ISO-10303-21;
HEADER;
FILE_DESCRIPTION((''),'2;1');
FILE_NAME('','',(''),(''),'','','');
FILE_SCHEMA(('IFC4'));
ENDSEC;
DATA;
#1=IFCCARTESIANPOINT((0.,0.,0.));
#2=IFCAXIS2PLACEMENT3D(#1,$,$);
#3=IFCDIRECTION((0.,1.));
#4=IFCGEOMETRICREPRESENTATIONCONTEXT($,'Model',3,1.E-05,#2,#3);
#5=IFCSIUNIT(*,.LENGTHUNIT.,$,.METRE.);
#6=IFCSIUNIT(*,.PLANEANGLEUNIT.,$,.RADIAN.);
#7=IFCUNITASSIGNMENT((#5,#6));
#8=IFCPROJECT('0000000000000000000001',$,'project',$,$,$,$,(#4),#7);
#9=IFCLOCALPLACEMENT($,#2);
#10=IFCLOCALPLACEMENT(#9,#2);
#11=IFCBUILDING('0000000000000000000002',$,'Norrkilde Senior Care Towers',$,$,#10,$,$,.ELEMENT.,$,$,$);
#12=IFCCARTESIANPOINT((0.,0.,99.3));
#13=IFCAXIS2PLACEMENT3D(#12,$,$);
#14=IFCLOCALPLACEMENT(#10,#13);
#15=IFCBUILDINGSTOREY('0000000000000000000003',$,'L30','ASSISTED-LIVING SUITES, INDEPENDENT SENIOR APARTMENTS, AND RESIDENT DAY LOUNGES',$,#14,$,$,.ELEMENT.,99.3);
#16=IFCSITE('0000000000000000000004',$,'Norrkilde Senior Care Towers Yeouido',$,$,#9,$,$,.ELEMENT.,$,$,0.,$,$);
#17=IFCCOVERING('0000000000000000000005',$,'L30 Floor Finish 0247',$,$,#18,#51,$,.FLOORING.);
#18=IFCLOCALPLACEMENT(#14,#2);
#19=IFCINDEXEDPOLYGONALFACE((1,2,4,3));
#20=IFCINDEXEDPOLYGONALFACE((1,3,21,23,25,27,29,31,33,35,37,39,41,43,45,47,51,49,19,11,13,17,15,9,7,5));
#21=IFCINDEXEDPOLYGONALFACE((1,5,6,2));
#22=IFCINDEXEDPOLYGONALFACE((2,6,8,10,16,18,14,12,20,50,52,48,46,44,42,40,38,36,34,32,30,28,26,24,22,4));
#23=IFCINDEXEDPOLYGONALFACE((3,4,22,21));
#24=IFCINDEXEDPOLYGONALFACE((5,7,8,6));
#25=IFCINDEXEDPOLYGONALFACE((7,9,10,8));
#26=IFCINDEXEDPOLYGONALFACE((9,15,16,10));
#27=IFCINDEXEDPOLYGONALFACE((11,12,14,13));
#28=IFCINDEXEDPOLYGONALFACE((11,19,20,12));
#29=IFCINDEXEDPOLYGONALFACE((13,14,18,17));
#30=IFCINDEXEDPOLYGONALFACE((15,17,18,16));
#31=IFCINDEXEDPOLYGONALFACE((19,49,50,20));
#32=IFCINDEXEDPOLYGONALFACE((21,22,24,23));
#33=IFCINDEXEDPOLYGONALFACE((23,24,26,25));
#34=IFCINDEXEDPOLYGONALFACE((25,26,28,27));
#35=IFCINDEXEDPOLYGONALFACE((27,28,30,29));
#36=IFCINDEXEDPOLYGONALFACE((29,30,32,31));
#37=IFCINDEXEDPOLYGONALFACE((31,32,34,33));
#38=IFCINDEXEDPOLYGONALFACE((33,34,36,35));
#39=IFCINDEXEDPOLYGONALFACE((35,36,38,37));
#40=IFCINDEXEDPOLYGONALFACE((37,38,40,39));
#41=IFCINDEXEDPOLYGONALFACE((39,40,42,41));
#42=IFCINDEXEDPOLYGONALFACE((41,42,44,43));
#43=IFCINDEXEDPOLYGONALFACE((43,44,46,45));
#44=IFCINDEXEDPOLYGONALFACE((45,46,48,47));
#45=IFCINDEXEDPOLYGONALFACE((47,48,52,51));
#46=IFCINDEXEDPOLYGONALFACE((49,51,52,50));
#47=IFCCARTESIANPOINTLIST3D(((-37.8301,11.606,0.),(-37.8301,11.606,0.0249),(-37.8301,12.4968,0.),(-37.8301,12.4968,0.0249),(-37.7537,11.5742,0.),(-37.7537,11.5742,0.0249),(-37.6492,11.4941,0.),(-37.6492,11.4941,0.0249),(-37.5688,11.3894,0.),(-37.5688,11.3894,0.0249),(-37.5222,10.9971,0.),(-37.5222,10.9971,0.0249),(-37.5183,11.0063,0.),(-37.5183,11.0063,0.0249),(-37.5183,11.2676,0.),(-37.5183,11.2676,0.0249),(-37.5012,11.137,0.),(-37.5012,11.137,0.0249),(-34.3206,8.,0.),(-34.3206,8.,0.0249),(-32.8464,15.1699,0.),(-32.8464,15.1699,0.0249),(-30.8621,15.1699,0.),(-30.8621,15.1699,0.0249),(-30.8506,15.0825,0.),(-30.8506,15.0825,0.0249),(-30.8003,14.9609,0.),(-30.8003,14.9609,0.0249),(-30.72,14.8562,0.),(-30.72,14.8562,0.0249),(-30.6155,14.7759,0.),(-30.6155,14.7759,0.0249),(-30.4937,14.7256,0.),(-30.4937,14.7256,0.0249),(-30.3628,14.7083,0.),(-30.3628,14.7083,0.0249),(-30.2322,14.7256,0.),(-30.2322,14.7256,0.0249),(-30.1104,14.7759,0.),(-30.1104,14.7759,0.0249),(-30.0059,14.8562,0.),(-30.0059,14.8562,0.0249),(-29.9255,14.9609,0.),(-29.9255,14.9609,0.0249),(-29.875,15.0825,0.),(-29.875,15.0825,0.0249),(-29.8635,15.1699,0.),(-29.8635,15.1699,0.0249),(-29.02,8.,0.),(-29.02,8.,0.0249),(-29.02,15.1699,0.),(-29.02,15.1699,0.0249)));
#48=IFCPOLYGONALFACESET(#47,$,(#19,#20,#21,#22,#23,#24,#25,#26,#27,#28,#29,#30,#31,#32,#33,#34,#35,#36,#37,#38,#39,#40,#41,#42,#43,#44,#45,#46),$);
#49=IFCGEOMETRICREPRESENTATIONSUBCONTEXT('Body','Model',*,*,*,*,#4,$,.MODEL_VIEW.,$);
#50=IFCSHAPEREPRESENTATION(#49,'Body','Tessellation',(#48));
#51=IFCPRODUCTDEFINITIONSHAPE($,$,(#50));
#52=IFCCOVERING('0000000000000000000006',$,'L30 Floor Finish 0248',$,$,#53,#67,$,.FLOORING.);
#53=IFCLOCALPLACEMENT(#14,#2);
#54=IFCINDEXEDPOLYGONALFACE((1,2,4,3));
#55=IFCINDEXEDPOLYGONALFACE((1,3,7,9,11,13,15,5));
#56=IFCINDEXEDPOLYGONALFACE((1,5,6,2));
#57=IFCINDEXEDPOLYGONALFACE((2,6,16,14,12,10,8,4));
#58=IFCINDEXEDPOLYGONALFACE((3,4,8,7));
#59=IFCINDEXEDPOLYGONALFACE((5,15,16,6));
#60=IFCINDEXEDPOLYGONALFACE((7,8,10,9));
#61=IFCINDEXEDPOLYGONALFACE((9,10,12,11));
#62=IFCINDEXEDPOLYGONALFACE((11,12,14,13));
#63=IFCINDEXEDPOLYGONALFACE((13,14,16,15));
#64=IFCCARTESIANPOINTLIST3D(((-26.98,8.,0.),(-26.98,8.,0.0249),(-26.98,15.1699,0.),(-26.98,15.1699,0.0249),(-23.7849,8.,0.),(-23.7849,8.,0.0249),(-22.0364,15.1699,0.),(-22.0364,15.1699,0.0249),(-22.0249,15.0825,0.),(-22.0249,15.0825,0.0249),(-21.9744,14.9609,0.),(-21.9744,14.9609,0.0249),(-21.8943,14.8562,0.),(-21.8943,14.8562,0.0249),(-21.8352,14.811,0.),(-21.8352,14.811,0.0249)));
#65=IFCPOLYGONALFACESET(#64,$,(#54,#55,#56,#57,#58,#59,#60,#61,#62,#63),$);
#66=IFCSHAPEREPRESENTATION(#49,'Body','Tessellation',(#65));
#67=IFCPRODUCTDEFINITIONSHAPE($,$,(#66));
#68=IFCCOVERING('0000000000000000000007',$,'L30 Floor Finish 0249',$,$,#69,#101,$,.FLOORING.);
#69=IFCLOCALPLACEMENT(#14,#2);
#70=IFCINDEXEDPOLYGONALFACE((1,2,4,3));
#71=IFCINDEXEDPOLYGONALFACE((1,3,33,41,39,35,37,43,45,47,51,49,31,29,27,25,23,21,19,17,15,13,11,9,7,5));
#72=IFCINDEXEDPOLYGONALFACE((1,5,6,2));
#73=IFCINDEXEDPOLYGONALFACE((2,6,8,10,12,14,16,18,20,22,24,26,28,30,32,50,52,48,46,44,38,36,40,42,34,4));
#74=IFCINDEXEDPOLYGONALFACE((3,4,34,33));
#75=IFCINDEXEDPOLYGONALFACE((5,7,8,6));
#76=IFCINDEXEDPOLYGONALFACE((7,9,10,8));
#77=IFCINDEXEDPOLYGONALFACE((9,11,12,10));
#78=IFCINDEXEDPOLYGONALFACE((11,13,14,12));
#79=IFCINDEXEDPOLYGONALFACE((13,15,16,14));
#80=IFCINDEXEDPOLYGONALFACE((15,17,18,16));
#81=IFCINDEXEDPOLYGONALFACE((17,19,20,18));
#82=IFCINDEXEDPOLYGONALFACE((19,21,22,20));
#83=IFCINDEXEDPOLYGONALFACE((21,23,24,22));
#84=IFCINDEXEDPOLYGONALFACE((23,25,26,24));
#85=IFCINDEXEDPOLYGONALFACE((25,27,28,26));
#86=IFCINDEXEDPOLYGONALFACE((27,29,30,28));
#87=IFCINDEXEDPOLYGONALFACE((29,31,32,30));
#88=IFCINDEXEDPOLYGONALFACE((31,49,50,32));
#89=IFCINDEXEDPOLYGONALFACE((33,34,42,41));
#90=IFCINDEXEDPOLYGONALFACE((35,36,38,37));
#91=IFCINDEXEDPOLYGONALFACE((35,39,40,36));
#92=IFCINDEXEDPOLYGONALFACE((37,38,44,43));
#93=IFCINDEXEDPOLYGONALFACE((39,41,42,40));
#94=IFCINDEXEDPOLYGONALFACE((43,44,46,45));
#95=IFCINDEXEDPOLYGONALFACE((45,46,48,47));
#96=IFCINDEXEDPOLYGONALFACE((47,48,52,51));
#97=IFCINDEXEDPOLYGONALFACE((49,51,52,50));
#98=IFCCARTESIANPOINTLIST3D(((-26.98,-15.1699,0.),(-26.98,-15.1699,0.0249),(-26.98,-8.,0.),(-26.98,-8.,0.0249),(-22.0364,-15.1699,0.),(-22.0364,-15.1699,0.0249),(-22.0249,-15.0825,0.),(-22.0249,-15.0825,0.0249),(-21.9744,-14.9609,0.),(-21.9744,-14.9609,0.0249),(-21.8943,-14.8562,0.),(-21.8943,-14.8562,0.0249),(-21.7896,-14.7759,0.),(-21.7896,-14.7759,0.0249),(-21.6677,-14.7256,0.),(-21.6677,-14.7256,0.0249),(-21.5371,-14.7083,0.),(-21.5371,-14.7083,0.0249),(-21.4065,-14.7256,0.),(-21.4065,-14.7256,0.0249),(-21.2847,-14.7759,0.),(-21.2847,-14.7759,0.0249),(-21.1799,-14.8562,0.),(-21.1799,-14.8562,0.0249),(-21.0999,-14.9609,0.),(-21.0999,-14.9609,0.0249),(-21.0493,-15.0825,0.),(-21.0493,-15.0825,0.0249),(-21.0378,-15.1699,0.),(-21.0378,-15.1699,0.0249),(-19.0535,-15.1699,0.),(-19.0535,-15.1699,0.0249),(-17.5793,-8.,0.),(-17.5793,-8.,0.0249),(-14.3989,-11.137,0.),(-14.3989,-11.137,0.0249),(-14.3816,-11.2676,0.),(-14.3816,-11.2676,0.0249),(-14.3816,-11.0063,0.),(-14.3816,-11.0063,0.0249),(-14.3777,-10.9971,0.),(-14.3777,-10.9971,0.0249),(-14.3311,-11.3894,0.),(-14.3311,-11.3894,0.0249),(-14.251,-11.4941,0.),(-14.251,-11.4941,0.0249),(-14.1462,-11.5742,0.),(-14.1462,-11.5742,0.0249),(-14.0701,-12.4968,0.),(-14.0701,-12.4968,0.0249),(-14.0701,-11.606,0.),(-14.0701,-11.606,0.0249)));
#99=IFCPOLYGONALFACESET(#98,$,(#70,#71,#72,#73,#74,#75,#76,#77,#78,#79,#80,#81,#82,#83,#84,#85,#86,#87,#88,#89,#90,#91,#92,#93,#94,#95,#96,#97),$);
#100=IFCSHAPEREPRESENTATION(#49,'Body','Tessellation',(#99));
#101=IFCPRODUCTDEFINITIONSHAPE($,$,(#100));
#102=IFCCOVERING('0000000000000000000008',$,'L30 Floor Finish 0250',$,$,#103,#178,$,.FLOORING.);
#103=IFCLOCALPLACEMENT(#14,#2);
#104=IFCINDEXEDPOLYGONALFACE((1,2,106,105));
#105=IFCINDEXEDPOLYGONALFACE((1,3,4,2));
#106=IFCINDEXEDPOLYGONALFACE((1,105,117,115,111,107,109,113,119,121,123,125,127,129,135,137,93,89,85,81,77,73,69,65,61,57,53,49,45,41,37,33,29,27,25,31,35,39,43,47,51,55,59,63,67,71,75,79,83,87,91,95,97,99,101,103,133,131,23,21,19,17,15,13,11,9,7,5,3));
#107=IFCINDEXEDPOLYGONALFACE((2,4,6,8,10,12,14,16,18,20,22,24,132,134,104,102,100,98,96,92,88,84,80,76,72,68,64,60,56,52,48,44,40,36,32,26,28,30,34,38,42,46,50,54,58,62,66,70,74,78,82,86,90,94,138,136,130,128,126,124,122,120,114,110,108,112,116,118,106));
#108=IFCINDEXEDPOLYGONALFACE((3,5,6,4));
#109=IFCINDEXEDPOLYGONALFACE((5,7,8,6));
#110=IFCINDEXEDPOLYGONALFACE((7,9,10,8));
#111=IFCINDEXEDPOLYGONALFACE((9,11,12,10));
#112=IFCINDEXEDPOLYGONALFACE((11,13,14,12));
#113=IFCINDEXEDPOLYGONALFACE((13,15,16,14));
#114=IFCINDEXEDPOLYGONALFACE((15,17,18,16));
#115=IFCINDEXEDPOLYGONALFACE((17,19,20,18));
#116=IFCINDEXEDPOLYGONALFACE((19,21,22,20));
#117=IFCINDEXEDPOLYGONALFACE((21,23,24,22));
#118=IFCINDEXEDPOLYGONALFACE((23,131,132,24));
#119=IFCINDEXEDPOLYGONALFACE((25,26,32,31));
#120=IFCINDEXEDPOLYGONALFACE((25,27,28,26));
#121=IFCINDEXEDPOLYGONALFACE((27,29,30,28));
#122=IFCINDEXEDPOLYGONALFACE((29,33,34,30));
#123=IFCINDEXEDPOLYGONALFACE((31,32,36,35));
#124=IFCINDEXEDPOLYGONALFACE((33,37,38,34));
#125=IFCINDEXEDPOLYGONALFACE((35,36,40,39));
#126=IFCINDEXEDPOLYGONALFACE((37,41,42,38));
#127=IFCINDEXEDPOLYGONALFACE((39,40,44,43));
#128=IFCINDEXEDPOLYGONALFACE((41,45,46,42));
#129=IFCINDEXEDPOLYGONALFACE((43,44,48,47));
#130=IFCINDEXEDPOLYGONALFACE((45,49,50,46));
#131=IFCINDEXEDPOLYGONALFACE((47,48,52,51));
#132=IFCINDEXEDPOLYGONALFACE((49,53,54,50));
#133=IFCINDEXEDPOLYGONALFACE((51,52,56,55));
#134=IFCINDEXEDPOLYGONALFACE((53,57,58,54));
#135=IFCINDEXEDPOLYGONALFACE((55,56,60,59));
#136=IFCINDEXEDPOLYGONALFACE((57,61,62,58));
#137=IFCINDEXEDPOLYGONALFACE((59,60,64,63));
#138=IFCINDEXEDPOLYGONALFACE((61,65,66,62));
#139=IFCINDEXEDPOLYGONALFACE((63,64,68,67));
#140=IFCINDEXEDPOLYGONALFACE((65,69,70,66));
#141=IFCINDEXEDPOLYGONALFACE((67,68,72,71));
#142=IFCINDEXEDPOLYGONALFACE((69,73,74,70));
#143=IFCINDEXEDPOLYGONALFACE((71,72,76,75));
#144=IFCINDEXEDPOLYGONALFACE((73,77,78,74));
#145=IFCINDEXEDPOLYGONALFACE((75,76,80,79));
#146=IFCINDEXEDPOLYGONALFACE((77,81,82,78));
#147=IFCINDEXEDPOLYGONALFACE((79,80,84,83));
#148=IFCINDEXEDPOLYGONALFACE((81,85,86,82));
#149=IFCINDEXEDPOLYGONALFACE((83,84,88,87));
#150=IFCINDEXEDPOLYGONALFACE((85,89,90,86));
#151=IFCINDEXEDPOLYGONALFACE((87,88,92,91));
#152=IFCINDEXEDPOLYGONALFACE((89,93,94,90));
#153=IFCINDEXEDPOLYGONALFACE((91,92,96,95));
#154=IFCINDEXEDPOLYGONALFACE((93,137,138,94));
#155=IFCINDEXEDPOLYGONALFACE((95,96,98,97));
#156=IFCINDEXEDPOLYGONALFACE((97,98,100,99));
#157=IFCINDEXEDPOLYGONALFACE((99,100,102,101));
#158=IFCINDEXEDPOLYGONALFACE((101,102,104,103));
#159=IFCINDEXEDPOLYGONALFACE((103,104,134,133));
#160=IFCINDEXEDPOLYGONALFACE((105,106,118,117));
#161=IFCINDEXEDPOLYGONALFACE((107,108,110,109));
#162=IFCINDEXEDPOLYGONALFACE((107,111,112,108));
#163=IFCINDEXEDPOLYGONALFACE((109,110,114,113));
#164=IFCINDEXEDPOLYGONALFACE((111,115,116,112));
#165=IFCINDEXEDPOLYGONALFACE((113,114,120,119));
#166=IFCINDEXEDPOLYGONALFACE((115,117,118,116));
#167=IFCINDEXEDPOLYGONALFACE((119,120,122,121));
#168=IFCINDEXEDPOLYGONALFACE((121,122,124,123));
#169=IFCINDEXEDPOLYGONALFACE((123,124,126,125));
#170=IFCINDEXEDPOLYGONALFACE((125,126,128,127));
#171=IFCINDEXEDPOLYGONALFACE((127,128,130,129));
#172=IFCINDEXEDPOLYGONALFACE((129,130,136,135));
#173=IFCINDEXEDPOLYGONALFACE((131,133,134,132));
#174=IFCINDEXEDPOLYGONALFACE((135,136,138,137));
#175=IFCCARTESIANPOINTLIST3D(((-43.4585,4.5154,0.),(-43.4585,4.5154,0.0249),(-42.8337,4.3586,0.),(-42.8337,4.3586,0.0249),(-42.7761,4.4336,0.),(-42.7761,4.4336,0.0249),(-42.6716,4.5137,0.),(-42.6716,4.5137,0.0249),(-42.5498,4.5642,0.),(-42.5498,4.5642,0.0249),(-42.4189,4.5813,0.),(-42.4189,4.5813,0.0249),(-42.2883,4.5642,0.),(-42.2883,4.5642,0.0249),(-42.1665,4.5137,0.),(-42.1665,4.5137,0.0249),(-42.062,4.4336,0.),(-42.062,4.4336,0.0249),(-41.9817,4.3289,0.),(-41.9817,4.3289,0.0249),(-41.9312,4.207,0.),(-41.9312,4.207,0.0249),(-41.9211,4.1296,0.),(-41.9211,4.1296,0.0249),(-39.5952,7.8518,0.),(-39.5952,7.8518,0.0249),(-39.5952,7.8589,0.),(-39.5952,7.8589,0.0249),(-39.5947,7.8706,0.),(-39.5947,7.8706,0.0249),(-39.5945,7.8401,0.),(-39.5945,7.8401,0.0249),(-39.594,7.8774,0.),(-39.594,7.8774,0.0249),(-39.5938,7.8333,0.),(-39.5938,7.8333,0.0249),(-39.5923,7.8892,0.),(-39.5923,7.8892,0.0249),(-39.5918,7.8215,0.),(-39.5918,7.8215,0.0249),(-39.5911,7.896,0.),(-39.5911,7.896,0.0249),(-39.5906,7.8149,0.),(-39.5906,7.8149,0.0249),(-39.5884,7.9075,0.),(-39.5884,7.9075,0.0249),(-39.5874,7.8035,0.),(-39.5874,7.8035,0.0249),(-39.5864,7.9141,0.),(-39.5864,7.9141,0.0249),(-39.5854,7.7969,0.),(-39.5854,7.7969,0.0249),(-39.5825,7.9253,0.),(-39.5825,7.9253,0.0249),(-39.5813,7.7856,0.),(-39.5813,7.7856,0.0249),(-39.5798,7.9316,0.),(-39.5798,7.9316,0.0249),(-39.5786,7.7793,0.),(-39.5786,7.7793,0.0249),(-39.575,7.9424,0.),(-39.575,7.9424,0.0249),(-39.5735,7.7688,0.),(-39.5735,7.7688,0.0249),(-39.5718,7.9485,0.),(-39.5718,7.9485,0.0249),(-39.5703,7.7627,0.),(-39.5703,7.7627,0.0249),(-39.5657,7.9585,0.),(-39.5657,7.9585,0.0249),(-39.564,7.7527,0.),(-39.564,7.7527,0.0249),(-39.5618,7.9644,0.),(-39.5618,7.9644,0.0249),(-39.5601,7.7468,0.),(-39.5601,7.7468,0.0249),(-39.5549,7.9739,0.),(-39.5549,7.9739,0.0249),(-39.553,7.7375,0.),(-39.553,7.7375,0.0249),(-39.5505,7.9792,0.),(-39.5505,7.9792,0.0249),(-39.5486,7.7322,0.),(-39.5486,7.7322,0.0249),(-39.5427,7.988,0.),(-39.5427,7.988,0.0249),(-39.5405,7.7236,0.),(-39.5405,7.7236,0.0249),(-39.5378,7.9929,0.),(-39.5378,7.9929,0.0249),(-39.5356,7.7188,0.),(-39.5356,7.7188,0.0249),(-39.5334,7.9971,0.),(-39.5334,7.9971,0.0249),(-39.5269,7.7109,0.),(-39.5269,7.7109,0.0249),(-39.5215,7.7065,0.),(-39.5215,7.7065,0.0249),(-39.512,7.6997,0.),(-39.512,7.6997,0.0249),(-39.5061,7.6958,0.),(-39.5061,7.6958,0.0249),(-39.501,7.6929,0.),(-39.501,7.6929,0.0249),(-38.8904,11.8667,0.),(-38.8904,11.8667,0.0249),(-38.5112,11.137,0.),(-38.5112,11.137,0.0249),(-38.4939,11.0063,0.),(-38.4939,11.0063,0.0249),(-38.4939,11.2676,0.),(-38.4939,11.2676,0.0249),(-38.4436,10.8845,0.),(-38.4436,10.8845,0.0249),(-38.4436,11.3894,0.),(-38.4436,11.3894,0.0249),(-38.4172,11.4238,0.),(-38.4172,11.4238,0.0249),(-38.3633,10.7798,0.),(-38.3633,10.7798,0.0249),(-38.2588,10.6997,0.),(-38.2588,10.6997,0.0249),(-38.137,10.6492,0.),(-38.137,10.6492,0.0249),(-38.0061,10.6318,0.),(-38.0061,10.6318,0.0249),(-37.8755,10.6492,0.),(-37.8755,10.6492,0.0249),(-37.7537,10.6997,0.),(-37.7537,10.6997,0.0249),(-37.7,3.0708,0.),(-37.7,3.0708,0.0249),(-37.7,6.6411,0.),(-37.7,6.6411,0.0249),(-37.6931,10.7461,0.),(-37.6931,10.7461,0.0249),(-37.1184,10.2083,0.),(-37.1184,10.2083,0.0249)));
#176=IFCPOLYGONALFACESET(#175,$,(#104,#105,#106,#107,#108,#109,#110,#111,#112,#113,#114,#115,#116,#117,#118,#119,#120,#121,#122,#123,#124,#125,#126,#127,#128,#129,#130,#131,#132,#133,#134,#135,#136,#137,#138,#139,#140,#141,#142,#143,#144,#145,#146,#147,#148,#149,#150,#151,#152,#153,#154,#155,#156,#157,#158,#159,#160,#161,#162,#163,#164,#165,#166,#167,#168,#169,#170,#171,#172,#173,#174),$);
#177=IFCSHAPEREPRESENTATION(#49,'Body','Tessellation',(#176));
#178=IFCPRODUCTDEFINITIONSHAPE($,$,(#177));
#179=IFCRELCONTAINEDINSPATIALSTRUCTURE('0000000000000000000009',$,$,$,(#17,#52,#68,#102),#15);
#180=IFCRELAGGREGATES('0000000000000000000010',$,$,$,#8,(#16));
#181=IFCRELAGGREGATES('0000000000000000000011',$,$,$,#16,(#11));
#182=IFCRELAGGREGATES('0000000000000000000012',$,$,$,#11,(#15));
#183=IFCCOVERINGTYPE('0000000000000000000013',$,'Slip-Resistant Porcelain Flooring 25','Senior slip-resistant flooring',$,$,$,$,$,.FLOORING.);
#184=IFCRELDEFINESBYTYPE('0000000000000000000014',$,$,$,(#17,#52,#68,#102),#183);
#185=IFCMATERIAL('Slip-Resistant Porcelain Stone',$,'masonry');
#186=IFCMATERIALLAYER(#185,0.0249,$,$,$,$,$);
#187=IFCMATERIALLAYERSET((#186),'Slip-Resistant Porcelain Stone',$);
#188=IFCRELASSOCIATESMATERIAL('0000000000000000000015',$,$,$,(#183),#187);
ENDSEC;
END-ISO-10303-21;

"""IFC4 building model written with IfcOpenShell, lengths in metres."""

from ifc_helpers import new_model, si_unit, direction, frame, origin, place, context, subcontext, project, spatial, polyline, outline, extrude, material, layer, layer_set, type_object, element, save


model = new_model("IFC4")

# Units and contexts
model_context = context("Model", 3, precision=1e-05, world=origin(), true_north=direction((0.0, 1.0)))
body_context = subcontext(model_context, "Body", "Model", "MODEL_VIEW")
ifc_project = project(units=[si_unit("LENGTHUNIT", "METRE"), si_unit("PLANEANGLEUNIT", "RADIAN")], contexts=[model_context])

# Site, building, storey
site_placement = place(None, origin())
site = spatial("IfcSite", under=ifc_project, at=site_placement, Name="Norrkilde Senior Care Towers Yeouido", CompositionType="ELEMENT", RefElevation=0.0)
building_placement = place(site_placement, origin())
building = spatial("IfcBuilding", under=site, at=building_placement, Name="Norrkilde Senior Care Towers", CompositionType="ELEMENT")
storey_placement = place(building_placement, frame((0.0, 0.0, 99.3)))
storey = spatial("IfcBuildingStorey", under=building, at=storey_placement, Name="L30", Description="ASSISTED-LIVING SUITES, INDEPENDENT SENIOR APARTMENTS, AND RESIDENT DAY LOUNGES", CompositionType="ELEMENT", Elevation=99.3)

# Coverings
ifc_material_1 = material(Name="Slip-Resistant Porcelain Stone", Category="masonry")
ifc_layer_1 = layer(ifc_material_1, 0.0249)
ifc_layer_set_1 = layer_set([ifc_layer_1], Name="Slip-Resistant Porcelain Stone")
covering_type_1 = type_object("IfcCoveringType", Name="Slip-Resistant Porcelain Flooring 25", Description="Senior slip-resistant flooring", PredefinedType="FLOORING", material=ifc_layer_set_1)
covering_1_placement = place(storey_placement, origin())
element("IfcCovering", 1, at=covering_1_placement, inside=storey, type_object=covering_type_1, Name="L30 Floor Finish 0247", PredefinedType="FLOORING", context=body_context, shape_type="SweptSolid", body=[
    extrude(outline(polyline([(-30.8506, 15.0825), (-30.8003, 14.9609), (-30.72, 14.8562), (-30.6155, 14.7759), (-30.4937, 14.7256), (-30.3628, 14.7083), (-30.2322, 14.7256), (-30.1104, 14.7759), (-30.0059, 14.8562), (-29.9255, 14.9609), (-29.875, 15.0825), (-29.8635, 15.1699), (-29.02, 15.1699), (-29.02, 8.0), (-34.3206, 8.0), (-37.5222, 10.9971), (-37.5183, 11.0063), (-37.5012, 11.137), (-37.5183, 11.2676), (-37.5688, 11.3894), (-37.6492, 11.4941), (-37.7537, 11.5742), (-37.8301, 11.606), (-37.8301, 12.4968), (-32.8464, 15.1699), (-30.8621, 15.1699), (-30.8506, 15.0825)])), origin(), (0.0, 0.0, 1.0), 0.0249),
])
covering_2_placement = place(storey_placement, origin())
element("IfcCovering", 2, at=covering_2_placement, inside=storey, type_object=covering_type_1, Name="L30 Floor Finish 0248", PredefinedType="FLOORING", context=body_context, shape_type="SweptSolid", body=[
    extrude(outline(polyline([(-23.7849, 8.0), (-26.98, 8.0), (-26.98, 15.1699), (-22.0364, 15.1699), (-22.0249, 15.0825), (-21.9744, 14.9609), (-21.8943, 14.8562), (-21.8352, 14.811), (-23.7849, 8.0)])), origin(), (0.0, 0.0, 1.0), 0.0249),
])
covering_3_placement = place(storey_placement, origin())
element("IfcCovering", 3, at=covering_3_placement, inside=storey, type_object=covering_type_1, Name="L30 Floor Finish 0249", PredefinedType="FLOORING", context=body_context, shape_type="SweptSolid", body=[
    extrude(outline(polyline([(-19.0535, -15.1699), (-21.0378, -15.1699), (-21.0493, -15.0825), (-21.0999, -14.9609), (-21.1799, -14.8562), (-21.2847, -14.7759), (-21.4065, -14.7256), (-21.5371, -14.7083), (-21.6677, -14.7256), (-21.7896, -14.7759), (-21.8943, -14.8562), (-21.9744, -14.9609), (-22.0249, -15.0825), (-22.0364, -15.1699), (-26.98, -15.1699), (-26.98, -8.0), (-17.5793, -8.0), (-14.3777, -10.9971), (-14.3816, -11.0063), (-14.3989, -11.137), (-14.3816, -11.2676), (-14.3311, -11.3894), (-14.251, -11.4941), (-14.1462, -11.5742), (-14.0701, -11.606), (-14.0701, -12.4968), (-19.0535, -15.1699)])), origin(), (0.0, 0.0, 1.0), 0.0249),
])
covering_4_placement = place(storey_placement, origin())
element("IfcCovering", 4, at=covering_4_placement, inside=storey, type_object=covering_type_1, Name="L30 Floor Finish 0250", PredefinedType="FLOORING", context=body_context, shape_type="SweptSolid", body=[
    extrude(outline(polyline([(-39.5618, 7.9644), (-39.5657, 7.9585), (-39.5718, 7.9485), (-39.575, 7.9424), (-39.5798, 7.9316), (-39.5825, 7.9253), (-39.5864, 7.9141), (-39.5884, 7.9075), (-39.5911, 7.896), (-39.5923, 7.8892), (-39.594, 7.8774), (-39.5947, 7.8706), (-39.5952, 7.8589), (-39.5952, 7.8518), (-39.5945, 7.8401), (-39.5938, 7.8333), (-39.5918, 7.8215), (-39.5906, 7.8149), (-39.5874, 7.8035), (-39.5854, 7.7969), (-39.5813, 7.7856), (-39.5786, 7.7793), (-39.5735, 7.7688), (-39.5703, 7.7627), (-39.564, 7.7527), (-39.5601, 7.7468), (-39.553, 7.7375), (-39.5486, 7.7322), (-39.5405, 7.7236), (-39.5356, 7.7188), (-39.5269, 7.7109), (-39.5215, 7.7065), (-39.512, 7.6997), (-39.5061, 7.6958), (-39.501, 7.6929), (-37.7, 6.6411), (-37.7, 3.0708), (-41.9211, 4.1296), (-41.9312, 4.207), (-41.9817, 4.3289), (-42.062, 4.4336), (-42.1665, 4.5137), (-42.2883, 4.5642), (-42.4189, 4.5813), (-42.5498, 4.5642), (-42.6716, 4.5137), (-42.7761, 4.4336), (-42.8337, 4.3586), (-43.4585, 4.5154), (-38.8904, 11.8667), (-38.4172, 11.4238), (-38.4436, 11.3894), (-38.4939, 11.2676), (-38.5112, 11.137), (-38.4939, 11.0063), (-38.4436, 10.8845), (-38.3633, 10.7798), (-38.2588, 10.6997), (-38.137, 10.6492), (-38.0061, 10.6318), (-37.8755, 10.6492), (-37.7537, 10.6997), (-37.6931, 10.7461), (-37.1184, 10.2083), (-39.5334, 7.9971), (-39.5378, 7.9929), (-39.5427, 7.988), (-39.5505, 7.9792), (-39.5549, 7.9739), (-39.5618, 7.9644)])), origin(), (0.0, 0.0, 1.0), 0.0249),
])

save(model, "model.ifc")
